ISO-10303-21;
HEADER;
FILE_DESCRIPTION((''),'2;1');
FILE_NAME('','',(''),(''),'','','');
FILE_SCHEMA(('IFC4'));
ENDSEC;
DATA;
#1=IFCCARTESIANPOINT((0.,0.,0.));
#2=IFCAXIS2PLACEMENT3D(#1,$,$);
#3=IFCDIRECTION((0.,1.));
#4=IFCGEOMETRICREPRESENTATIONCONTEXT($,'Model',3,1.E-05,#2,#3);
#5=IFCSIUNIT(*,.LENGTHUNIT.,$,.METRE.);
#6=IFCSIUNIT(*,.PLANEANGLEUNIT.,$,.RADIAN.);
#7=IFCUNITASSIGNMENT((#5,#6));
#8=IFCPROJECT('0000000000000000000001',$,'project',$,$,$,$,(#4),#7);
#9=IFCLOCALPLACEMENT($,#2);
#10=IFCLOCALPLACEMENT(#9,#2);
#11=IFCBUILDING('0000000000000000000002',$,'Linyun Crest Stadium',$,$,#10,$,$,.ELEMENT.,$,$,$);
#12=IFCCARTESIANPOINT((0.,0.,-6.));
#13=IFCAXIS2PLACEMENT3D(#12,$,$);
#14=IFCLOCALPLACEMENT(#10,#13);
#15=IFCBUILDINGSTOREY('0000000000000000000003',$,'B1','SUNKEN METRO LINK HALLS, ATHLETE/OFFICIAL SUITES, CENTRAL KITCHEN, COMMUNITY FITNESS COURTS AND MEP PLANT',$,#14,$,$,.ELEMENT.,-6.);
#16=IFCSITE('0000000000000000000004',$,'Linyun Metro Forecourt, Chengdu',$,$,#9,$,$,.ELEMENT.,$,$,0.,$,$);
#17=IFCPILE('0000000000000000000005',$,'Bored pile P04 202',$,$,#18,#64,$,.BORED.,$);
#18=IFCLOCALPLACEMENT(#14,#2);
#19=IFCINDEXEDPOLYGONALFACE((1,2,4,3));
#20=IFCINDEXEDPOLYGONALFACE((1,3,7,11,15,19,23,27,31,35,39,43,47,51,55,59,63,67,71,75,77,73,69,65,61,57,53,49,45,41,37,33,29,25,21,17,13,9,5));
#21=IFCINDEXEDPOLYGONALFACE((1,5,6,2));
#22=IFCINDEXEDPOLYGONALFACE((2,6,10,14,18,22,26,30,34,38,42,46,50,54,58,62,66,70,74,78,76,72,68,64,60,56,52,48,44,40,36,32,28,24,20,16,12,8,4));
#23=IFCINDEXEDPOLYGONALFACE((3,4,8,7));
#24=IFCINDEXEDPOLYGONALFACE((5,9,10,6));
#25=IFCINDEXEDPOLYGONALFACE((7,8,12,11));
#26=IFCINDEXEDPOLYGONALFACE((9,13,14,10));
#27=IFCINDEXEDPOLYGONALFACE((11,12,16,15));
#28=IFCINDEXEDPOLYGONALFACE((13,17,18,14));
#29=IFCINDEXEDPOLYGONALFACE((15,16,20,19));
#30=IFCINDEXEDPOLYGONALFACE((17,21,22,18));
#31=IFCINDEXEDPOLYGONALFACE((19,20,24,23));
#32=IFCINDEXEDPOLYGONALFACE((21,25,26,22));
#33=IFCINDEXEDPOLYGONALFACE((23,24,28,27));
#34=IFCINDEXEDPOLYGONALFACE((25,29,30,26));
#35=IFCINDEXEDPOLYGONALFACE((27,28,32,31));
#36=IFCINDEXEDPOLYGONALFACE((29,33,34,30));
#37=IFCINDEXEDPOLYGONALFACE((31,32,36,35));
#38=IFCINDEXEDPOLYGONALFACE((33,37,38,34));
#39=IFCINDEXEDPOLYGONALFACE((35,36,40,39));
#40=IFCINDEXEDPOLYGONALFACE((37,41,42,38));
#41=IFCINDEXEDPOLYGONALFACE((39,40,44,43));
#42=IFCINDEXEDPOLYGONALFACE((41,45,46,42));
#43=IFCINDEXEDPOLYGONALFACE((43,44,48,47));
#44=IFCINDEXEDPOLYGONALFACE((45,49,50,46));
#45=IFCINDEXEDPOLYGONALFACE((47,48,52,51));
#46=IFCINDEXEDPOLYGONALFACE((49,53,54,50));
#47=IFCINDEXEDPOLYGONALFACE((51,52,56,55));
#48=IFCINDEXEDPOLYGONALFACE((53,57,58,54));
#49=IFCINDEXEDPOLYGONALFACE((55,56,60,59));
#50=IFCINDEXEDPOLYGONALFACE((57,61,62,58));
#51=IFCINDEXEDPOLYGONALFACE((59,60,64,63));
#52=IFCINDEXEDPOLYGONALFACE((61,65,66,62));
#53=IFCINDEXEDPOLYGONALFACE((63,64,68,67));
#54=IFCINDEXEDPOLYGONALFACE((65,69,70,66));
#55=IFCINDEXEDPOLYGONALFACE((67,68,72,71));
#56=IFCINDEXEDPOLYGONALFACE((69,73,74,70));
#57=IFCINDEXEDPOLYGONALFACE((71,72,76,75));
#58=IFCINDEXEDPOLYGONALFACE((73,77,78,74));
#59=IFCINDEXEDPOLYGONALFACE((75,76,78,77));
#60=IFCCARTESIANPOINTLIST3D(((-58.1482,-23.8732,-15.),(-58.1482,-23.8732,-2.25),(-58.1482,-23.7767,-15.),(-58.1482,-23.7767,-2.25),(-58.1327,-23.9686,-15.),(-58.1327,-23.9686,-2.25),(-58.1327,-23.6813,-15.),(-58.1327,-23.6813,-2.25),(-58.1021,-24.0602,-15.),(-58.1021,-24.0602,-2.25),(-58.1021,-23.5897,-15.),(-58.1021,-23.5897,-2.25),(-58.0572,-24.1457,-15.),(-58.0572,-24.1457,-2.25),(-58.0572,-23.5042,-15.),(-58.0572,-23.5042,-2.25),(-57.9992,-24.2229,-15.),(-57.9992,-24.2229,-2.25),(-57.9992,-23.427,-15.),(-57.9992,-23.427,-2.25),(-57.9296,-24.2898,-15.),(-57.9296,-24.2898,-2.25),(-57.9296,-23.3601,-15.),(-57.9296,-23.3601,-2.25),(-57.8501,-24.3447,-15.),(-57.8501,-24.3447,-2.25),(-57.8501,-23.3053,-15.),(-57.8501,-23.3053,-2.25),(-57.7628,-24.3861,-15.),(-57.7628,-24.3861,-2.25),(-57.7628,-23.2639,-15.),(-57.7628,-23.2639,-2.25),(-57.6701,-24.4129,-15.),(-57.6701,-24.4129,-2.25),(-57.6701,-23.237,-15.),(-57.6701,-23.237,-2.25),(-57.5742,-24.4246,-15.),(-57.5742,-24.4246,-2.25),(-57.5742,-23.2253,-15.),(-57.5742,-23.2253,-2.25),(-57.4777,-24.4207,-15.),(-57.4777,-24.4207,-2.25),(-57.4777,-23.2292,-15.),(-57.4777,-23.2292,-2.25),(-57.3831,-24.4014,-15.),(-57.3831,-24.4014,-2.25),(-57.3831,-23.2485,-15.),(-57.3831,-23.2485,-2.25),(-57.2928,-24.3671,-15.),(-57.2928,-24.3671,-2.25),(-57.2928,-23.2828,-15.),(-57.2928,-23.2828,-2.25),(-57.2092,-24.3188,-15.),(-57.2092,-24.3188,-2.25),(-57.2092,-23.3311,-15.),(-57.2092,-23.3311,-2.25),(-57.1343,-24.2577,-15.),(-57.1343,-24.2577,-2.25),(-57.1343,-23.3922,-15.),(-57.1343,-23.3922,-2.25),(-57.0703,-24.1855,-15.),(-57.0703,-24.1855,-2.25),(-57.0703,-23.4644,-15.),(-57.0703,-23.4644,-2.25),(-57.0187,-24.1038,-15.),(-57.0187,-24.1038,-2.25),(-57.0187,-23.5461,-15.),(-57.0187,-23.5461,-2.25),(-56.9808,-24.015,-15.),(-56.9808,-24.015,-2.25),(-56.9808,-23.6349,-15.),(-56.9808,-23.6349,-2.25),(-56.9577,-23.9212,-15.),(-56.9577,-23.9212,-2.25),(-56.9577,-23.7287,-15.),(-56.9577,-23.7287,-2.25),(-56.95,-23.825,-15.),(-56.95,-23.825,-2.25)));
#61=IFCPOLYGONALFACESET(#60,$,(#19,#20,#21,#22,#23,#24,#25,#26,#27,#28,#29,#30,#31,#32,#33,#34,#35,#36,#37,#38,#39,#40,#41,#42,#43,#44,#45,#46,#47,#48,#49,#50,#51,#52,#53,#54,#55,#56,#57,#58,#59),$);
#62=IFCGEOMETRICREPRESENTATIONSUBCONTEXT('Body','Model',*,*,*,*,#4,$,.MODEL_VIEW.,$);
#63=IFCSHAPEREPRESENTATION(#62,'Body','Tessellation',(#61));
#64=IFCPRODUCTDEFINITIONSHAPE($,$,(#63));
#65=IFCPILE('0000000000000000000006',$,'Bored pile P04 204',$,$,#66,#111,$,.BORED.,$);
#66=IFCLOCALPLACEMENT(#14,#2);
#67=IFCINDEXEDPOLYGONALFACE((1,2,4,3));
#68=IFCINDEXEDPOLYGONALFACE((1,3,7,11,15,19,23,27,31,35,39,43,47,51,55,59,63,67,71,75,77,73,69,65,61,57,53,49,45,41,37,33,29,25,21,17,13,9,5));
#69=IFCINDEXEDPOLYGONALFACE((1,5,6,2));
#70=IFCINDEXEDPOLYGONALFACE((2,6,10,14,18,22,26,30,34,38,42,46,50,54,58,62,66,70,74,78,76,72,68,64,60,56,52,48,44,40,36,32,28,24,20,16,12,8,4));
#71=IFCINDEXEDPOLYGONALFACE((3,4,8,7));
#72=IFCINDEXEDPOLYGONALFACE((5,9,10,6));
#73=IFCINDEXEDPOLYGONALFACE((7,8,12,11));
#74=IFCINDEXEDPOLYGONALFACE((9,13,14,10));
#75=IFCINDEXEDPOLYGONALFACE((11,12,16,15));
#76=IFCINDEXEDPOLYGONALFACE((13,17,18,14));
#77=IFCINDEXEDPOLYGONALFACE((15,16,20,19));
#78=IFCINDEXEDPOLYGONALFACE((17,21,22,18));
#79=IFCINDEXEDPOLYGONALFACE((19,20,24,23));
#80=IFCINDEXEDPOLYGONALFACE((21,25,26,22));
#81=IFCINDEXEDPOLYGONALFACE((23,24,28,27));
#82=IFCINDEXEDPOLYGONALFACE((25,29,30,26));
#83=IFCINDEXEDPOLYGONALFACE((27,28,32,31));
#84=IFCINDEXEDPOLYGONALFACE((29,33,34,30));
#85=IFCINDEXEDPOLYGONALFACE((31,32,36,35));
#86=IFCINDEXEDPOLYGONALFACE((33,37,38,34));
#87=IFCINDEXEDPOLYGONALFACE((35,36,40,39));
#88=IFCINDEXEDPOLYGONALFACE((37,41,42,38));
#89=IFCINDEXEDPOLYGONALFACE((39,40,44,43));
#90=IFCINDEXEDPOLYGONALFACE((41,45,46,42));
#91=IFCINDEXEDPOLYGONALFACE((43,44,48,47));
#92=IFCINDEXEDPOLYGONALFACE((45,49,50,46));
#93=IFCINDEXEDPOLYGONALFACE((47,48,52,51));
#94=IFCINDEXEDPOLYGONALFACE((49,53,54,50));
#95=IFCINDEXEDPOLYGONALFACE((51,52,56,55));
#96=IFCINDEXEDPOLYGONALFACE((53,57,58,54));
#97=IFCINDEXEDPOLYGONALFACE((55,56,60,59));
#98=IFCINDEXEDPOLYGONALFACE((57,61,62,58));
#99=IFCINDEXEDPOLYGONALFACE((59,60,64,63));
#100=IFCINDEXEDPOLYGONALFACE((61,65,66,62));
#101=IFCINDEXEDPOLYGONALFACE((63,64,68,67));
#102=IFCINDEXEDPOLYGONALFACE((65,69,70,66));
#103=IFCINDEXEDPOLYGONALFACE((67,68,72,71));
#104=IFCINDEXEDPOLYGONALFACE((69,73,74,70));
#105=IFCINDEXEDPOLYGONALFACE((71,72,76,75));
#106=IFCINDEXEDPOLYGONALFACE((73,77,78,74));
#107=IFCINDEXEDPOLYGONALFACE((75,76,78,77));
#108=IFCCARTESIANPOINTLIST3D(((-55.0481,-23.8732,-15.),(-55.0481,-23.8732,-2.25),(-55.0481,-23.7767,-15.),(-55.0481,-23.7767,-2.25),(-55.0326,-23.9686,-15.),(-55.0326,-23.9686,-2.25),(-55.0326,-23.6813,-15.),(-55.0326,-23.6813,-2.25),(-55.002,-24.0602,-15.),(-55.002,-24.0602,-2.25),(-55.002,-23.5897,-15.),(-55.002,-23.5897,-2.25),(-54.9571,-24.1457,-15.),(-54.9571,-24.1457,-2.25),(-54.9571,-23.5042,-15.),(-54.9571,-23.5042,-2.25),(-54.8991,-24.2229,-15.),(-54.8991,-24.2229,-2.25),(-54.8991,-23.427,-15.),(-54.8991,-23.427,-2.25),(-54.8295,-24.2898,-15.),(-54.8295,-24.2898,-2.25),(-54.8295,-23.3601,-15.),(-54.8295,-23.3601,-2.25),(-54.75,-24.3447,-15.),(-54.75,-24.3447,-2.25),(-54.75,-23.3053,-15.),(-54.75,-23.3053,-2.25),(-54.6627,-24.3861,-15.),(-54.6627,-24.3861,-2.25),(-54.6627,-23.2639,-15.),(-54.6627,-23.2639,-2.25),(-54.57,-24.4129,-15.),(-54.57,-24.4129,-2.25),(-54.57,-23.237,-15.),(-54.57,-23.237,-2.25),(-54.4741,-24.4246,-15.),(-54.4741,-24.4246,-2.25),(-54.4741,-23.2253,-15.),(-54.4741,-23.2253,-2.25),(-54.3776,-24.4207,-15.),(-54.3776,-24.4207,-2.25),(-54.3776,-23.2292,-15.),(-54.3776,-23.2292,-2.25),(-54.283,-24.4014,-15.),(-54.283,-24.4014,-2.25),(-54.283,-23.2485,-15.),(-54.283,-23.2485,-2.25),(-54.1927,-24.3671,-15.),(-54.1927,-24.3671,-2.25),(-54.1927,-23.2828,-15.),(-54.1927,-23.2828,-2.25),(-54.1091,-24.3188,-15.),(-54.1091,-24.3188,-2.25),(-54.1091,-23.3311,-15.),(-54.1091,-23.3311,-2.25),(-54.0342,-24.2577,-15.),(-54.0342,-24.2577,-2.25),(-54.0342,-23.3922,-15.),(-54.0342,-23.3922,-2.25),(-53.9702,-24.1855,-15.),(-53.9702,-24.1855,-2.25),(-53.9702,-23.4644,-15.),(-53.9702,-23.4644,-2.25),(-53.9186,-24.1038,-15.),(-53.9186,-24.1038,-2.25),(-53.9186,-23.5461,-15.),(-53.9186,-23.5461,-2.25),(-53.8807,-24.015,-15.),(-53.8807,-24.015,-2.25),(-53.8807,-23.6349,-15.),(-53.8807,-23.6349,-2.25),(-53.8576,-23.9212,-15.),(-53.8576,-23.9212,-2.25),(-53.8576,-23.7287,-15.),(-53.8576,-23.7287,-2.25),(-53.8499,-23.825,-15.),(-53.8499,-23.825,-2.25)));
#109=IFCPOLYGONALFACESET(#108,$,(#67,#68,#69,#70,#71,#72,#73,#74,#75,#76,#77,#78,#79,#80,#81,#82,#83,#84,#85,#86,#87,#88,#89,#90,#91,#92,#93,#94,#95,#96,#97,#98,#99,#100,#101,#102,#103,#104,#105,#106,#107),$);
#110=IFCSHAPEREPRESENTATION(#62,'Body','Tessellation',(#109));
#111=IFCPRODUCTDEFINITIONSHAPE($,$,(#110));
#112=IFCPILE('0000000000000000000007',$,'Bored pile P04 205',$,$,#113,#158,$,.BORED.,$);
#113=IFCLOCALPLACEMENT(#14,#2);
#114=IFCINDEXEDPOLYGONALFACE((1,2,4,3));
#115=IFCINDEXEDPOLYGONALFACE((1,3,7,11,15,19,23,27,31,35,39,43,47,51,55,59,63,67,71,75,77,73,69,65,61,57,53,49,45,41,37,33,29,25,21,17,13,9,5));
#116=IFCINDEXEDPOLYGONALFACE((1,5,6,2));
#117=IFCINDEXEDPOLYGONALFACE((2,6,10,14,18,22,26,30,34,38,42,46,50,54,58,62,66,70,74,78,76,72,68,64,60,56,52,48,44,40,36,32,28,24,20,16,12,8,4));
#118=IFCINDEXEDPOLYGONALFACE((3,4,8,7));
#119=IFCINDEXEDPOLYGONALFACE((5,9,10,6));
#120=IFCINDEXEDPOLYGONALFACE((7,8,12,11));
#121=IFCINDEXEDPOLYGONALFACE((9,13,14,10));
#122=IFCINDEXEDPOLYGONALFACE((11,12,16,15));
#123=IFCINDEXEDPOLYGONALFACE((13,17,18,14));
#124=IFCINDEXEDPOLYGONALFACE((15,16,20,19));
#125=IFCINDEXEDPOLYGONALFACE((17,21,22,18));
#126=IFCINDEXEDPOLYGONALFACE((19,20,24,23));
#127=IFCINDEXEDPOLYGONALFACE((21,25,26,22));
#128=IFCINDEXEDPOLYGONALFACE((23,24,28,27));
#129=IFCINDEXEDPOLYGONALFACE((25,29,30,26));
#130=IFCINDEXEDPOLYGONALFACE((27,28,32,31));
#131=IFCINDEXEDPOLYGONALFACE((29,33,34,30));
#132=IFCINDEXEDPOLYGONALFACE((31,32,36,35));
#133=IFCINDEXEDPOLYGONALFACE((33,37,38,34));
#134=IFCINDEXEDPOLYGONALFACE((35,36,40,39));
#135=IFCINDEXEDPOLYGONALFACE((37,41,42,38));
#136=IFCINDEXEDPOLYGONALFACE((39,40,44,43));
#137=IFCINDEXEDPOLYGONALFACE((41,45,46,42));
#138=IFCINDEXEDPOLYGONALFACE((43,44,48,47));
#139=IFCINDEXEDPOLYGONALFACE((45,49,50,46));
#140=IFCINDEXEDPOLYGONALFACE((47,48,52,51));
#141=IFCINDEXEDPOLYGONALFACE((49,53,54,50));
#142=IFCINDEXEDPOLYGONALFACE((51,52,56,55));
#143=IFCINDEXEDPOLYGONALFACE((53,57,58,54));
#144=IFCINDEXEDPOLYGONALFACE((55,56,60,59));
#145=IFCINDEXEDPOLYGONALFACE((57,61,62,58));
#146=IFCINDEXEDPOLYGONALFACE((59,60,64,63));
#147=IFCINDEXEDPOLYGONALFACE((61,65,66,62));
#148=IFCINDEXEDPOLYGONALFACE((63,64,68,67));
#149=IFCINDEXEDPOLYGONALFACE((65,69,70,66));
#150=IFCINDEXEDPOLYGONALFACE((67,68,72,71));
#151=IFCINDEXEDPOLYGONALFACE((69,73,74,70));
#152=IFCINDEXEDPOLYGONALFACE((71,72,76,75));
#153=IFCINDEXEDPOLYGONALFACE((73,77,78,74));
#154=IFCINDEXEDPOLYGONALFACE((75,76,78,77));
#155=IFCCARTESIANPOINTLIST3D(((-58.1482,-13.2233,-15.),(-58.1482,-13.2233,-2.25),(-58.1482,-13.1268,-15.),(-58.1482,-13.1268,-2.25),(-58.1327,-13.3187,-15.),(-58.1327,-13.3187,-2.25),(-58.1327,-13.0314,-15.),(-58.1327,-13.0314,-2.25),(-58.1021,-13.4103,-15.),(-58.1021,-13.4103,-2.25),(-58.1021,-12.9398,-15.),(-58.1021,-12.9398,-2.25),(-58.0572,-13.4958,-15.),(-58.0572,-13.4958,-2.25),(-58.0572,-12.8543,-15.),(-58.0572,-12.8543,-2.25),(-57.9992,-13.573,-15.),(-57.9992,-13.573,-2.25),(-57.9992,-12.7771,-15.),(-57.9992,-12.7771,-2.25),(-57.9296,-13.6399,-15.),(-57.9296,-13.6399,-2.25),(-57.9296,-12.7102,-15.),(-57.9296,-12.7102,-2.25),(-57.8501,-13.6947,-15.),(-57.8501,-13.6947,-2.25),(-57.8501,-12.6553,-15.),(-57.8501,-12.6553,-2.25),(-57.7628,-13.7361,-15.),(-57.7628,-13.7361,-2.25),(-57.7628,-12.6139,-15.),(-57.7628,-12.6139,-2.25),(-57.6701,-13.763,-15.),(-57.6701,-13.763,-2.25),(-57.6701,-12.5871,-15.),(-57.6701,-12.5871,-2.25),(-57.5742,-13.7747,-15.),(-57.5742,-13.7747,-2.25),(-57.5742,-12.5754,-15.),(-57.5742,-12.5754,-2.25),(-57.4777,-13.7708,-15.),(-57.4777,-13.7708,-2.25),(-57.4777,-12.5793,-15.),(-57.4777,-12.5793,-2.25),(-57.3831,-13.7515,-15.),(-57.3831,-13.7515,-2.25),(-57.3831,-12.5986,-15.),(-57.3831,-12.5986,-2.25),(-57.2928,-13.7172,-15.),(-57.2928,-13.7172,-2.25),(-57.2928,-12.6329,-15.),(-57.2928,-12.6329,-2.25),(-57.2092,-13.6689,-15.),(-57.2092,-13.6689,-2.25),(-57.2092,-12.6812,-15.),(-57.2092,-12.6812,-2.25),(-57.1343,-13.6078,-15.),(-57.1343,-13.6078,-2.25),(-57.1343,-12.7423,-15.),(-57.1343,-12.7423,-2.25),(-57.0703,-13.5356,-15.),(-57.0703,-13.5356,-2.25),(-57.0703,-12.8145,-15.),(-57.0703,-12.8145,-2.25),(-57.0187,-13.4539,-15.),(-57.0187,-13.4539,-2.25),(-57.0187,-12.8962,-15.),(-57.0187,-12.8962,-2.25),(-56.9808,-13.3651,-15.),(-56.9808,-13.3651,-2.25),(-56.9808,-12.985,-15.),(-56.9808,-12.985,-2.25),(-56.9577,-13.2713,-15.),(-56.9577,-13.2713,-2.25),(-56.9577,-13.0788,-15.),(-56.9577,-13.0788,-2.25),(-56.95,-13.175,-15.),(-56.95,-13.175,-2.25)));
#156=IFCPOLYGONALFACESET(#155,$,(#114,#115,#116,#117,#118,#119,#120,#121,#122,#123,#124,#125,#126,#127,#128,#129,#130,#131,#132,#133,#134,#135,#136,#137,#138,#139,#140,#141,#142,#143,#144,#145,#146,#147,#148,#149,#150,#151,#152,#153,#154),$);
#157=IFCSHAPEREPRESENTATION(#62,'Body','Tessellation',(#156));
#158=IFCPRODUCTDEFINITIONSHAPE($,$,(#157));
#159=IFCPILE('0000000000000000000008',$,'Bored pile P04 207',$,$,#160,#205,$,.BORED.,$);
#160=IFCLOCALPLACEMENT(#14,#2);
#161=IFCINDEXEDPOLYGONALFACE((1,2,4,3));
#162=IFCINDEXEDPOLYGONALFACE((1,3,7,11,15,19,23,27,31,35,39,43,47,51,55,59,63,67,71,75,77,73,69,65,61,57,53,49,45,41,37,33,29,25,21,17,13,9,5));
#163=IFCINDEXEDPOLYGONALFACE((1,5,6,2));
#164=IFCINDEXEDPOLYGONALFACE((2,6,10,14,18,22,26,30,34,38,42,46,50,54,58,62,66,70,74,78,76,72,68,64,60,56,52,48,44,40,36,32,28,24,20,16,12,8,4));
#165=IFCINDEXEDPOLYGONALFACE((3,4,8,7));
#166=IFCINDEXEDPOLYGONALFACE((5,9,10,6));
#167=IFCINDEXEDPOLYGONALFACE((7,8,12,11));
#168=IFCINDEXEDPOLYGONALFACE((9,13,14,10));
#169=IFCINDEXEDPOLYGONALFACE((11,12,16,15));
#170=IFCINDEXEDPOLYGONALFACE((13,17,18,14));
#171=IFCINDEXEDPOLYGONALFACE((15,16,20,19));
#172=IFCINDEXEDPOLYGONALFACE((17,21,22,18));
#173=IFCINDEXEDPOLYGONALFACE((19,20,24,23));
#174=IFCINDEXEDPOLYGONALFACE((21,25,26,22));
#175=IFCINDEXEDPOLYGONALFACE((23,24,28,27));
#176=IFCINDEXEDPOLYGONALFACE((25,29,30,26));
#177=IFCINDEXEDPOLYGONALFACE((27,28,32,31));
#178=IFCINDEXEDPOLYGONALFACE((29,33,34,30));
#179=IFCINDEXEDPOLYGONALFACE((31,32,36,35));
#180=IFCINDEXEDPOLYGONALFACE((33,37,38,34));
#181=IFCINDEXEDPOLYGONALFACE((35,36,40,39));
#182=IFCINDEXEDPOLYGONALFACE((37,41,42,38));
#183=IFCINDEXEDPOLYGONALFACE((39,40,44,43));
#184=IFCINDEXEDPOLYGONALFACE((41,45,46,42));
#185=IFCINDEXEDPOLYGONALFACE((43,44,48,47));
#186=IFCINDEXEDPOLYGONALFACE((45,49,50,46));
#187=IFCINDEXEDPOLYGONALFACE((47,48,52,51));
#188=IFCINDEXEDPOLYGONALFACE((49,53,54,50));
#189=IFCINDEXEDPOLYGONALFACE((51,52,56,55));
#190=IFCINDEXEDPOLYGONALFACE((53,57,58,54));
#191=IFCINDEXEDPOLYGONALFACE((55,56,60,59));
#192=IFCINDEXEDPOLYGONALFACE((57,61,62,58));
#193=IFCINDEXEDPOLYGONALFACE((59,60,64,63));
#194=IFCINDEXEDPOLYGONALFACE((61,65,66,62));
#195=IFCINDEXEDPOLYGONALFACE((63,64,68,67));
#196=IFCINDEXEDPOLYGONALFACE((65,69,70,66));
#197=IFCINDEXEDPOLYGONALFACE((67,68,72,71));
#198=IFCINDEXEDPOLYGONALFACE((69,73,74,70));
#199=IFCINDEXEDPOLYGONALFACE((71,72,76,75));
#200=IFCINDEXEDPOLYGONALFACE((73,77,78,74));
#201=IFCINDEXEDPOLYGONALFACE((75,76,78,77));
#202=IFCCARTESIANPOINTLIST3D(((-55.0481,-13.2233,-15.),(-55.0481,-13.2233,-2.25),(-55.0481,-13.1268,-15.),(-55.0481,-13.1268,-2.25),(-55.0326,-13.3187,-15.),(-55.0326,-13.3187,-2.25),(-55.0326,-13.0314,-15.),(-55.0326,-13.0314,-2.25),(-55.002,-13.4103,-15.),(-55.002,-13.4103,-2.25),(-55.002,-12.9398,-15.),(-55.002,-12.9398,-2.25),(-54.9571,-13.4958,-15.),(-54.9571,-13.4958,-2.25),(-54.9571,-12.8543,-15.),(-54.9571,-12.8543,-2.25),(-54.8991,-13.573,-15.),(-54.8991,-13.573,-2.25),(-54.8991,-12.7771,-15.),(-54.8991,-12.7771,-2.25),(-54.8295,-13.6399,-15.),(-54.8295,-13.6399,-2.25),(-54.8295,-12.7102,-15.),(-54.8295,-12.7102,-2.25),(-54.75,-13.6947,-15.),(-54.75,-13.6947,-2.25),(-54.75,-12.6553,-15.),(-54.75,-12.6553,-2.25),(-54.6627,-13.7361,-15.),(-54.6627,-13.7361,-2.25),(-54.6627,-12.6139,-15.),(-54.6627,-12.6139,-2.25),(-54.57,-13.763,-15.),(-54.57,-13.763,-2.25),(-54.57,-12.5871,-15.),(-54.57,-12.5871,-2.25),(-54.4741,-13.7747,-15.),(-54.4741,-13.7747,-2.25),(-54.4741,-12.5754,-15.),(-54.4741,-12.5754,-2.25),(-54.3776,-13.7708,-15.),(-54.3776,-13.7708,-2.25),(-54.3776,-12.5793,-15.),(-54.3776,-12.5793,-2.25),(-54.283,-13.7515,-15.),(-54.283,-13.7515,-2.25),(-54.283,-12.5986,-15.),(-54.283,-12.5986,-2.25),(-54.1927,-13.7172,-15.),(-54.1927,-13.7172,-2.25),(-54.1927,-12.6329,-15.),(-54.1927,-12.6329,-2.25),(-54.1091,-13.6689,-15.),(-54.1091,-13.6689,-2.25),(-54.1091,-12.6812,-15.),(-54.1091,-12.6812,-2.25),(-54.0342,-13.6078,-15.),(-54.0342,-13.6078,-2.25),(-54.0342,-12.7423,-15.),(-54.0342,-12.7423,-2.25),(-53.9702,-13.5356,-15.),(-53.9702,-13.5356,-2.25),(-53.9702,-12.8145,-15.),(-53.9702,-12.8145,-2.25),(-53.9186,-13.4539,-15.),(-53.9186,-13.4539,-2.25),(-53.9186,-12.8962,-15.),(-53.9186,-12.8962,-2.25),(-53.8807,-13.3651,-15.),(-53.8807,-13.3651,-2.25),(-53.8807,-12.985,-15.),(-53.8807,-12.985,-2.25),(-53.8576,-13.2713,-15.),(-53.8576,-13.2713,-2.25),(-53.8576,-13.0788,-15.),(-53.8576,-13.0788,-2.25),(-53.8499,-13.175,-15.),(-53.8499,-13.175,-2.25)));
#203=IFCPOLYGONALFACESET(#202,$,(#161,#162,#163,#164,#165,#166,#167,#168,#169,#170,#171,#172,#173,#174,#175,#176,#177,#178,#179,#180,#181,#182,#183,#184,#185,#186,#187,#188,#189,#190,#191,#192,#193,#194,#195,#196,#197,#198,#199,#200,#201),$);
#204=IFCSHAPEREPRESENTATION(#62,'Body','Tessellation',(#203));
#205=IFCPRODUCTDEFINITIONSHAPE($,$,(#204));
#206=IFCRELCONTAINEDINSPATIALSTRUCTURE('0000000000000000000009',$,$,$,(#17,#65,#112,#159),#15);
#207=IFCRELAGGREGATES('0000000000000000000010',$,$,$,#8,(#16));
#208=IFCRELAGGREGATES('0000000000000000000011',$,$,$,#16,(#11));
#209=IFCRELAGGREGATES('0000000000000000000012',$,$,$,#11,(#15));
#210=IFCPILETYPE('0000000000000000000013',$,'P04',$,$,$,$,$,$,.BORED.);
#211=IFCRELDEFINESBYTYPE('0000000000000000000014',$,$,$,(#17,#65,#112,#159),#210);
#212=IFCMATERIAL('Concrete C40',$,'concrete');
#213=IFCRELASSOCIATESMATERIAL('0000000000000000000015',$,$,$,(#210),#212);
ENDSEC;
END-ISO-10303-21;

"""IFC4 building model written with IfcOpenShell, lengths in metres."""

from ifc_helpers import new_model, si_unit, direction, frame, origin, origin_2d, place, context, subcontext, project, spatial, circle, extrude, material, material_profile, profile_set, type_object, element, save


model = new_model("IFC4")

# Units and contexts
model_context = context("Model", 3, precision=1e-05, world=origin(), true_north=direction((0.0, 1.0)))
body_context = subcontext(model_context, "Body", "Model", "MODEL_VIEW")
ifc_project = project(units=[si_unit("LENGTHUNIT", "METRE"), si_unit("PLANEANGLEUNIT", "RADIAN")], contexts=[model_context])

# Site, building, storey
site_placement = place(None, origin())
site = spatial("IfcSite", under=ifc_project, at=site_placement, Name="Linyun Metro Forecourt, Chengdu", CompositionType="ELEMENT", RefElevation=0.0)
building_placement = place(site_placement, origin())
building = spatial("IfcBuilding", under=site, at=building_placement, Name="Linyun Crest Stadium", CompositionType="ELEMENT")
storey_placement = place(building_placement, frame((0.0, 0.0, -6.0)))
storey = spatial("IfcBuildingStorey", under=building, at=storey_placement, Name="B1", Description="SUNKEN METRO LINK HALLS, ATHLETE/OFFICIAL SUITES, CENTRAL KITCHEN, COMMUNITY FITNESS COURTS AND MEP PLANT", CompositionType="ELEMENT", Elevation=-6.0)

# Piles
ifc_material_1 = material(Name="Concrete C40", Category="concrete")
ifc_material_profile_1 = material_profile(ifc_material_1, circle(Radius=0.6001, at=origin_2d()), Name="BORED PILE 1200")
ifc_profile_set_1 = profile_set([ifc_material_profile_1], Name="Concrete C40")
pile_type_1 = type_object("IfcPileType", Name="P04", PredefinedType="BORED", material=ifc_profile_set_1)
for number, where, z_axis, x_axis, name in (
    (1, (-57.55, -23.825, -2.25), (0.0, 0.0, -1.0), (1.0, 0.0, 0.0), "Bored pile P04 202"),
    (2, (-54.45, -23.825, -2.25), (0.0, 0.0, -1.0), (1.0, 0.0, 0.0), "Bored pile P04 204"),
    (3, (-57.55, -13.175, -2.25), (0.0, 0.0, -1.0), (1.0, 0.0, 0.0), "Bored pile P04 205"),
    (4, (-54.45, -13.175, -2.25), (0.0, 0.0, -1.0), (1.0, 0.0, 0.0), "Bored pile P04 207"),
):
    element("IfcPile", number, at=place(storey_placement, frame(where, z_axis=z_axis, x_axis=x_axis)), inside=storey, type_object=pile_type_1, Name=name, PredefinedType="BORED", context=body_context, shape_type="SweptSolid", body=[
        extrude(circle(Radius=0.6001, at=origin_2d()), origin(), (0.0, 0.0, 1.0), 12.75),
    ])

save(model, "model.ifc")
